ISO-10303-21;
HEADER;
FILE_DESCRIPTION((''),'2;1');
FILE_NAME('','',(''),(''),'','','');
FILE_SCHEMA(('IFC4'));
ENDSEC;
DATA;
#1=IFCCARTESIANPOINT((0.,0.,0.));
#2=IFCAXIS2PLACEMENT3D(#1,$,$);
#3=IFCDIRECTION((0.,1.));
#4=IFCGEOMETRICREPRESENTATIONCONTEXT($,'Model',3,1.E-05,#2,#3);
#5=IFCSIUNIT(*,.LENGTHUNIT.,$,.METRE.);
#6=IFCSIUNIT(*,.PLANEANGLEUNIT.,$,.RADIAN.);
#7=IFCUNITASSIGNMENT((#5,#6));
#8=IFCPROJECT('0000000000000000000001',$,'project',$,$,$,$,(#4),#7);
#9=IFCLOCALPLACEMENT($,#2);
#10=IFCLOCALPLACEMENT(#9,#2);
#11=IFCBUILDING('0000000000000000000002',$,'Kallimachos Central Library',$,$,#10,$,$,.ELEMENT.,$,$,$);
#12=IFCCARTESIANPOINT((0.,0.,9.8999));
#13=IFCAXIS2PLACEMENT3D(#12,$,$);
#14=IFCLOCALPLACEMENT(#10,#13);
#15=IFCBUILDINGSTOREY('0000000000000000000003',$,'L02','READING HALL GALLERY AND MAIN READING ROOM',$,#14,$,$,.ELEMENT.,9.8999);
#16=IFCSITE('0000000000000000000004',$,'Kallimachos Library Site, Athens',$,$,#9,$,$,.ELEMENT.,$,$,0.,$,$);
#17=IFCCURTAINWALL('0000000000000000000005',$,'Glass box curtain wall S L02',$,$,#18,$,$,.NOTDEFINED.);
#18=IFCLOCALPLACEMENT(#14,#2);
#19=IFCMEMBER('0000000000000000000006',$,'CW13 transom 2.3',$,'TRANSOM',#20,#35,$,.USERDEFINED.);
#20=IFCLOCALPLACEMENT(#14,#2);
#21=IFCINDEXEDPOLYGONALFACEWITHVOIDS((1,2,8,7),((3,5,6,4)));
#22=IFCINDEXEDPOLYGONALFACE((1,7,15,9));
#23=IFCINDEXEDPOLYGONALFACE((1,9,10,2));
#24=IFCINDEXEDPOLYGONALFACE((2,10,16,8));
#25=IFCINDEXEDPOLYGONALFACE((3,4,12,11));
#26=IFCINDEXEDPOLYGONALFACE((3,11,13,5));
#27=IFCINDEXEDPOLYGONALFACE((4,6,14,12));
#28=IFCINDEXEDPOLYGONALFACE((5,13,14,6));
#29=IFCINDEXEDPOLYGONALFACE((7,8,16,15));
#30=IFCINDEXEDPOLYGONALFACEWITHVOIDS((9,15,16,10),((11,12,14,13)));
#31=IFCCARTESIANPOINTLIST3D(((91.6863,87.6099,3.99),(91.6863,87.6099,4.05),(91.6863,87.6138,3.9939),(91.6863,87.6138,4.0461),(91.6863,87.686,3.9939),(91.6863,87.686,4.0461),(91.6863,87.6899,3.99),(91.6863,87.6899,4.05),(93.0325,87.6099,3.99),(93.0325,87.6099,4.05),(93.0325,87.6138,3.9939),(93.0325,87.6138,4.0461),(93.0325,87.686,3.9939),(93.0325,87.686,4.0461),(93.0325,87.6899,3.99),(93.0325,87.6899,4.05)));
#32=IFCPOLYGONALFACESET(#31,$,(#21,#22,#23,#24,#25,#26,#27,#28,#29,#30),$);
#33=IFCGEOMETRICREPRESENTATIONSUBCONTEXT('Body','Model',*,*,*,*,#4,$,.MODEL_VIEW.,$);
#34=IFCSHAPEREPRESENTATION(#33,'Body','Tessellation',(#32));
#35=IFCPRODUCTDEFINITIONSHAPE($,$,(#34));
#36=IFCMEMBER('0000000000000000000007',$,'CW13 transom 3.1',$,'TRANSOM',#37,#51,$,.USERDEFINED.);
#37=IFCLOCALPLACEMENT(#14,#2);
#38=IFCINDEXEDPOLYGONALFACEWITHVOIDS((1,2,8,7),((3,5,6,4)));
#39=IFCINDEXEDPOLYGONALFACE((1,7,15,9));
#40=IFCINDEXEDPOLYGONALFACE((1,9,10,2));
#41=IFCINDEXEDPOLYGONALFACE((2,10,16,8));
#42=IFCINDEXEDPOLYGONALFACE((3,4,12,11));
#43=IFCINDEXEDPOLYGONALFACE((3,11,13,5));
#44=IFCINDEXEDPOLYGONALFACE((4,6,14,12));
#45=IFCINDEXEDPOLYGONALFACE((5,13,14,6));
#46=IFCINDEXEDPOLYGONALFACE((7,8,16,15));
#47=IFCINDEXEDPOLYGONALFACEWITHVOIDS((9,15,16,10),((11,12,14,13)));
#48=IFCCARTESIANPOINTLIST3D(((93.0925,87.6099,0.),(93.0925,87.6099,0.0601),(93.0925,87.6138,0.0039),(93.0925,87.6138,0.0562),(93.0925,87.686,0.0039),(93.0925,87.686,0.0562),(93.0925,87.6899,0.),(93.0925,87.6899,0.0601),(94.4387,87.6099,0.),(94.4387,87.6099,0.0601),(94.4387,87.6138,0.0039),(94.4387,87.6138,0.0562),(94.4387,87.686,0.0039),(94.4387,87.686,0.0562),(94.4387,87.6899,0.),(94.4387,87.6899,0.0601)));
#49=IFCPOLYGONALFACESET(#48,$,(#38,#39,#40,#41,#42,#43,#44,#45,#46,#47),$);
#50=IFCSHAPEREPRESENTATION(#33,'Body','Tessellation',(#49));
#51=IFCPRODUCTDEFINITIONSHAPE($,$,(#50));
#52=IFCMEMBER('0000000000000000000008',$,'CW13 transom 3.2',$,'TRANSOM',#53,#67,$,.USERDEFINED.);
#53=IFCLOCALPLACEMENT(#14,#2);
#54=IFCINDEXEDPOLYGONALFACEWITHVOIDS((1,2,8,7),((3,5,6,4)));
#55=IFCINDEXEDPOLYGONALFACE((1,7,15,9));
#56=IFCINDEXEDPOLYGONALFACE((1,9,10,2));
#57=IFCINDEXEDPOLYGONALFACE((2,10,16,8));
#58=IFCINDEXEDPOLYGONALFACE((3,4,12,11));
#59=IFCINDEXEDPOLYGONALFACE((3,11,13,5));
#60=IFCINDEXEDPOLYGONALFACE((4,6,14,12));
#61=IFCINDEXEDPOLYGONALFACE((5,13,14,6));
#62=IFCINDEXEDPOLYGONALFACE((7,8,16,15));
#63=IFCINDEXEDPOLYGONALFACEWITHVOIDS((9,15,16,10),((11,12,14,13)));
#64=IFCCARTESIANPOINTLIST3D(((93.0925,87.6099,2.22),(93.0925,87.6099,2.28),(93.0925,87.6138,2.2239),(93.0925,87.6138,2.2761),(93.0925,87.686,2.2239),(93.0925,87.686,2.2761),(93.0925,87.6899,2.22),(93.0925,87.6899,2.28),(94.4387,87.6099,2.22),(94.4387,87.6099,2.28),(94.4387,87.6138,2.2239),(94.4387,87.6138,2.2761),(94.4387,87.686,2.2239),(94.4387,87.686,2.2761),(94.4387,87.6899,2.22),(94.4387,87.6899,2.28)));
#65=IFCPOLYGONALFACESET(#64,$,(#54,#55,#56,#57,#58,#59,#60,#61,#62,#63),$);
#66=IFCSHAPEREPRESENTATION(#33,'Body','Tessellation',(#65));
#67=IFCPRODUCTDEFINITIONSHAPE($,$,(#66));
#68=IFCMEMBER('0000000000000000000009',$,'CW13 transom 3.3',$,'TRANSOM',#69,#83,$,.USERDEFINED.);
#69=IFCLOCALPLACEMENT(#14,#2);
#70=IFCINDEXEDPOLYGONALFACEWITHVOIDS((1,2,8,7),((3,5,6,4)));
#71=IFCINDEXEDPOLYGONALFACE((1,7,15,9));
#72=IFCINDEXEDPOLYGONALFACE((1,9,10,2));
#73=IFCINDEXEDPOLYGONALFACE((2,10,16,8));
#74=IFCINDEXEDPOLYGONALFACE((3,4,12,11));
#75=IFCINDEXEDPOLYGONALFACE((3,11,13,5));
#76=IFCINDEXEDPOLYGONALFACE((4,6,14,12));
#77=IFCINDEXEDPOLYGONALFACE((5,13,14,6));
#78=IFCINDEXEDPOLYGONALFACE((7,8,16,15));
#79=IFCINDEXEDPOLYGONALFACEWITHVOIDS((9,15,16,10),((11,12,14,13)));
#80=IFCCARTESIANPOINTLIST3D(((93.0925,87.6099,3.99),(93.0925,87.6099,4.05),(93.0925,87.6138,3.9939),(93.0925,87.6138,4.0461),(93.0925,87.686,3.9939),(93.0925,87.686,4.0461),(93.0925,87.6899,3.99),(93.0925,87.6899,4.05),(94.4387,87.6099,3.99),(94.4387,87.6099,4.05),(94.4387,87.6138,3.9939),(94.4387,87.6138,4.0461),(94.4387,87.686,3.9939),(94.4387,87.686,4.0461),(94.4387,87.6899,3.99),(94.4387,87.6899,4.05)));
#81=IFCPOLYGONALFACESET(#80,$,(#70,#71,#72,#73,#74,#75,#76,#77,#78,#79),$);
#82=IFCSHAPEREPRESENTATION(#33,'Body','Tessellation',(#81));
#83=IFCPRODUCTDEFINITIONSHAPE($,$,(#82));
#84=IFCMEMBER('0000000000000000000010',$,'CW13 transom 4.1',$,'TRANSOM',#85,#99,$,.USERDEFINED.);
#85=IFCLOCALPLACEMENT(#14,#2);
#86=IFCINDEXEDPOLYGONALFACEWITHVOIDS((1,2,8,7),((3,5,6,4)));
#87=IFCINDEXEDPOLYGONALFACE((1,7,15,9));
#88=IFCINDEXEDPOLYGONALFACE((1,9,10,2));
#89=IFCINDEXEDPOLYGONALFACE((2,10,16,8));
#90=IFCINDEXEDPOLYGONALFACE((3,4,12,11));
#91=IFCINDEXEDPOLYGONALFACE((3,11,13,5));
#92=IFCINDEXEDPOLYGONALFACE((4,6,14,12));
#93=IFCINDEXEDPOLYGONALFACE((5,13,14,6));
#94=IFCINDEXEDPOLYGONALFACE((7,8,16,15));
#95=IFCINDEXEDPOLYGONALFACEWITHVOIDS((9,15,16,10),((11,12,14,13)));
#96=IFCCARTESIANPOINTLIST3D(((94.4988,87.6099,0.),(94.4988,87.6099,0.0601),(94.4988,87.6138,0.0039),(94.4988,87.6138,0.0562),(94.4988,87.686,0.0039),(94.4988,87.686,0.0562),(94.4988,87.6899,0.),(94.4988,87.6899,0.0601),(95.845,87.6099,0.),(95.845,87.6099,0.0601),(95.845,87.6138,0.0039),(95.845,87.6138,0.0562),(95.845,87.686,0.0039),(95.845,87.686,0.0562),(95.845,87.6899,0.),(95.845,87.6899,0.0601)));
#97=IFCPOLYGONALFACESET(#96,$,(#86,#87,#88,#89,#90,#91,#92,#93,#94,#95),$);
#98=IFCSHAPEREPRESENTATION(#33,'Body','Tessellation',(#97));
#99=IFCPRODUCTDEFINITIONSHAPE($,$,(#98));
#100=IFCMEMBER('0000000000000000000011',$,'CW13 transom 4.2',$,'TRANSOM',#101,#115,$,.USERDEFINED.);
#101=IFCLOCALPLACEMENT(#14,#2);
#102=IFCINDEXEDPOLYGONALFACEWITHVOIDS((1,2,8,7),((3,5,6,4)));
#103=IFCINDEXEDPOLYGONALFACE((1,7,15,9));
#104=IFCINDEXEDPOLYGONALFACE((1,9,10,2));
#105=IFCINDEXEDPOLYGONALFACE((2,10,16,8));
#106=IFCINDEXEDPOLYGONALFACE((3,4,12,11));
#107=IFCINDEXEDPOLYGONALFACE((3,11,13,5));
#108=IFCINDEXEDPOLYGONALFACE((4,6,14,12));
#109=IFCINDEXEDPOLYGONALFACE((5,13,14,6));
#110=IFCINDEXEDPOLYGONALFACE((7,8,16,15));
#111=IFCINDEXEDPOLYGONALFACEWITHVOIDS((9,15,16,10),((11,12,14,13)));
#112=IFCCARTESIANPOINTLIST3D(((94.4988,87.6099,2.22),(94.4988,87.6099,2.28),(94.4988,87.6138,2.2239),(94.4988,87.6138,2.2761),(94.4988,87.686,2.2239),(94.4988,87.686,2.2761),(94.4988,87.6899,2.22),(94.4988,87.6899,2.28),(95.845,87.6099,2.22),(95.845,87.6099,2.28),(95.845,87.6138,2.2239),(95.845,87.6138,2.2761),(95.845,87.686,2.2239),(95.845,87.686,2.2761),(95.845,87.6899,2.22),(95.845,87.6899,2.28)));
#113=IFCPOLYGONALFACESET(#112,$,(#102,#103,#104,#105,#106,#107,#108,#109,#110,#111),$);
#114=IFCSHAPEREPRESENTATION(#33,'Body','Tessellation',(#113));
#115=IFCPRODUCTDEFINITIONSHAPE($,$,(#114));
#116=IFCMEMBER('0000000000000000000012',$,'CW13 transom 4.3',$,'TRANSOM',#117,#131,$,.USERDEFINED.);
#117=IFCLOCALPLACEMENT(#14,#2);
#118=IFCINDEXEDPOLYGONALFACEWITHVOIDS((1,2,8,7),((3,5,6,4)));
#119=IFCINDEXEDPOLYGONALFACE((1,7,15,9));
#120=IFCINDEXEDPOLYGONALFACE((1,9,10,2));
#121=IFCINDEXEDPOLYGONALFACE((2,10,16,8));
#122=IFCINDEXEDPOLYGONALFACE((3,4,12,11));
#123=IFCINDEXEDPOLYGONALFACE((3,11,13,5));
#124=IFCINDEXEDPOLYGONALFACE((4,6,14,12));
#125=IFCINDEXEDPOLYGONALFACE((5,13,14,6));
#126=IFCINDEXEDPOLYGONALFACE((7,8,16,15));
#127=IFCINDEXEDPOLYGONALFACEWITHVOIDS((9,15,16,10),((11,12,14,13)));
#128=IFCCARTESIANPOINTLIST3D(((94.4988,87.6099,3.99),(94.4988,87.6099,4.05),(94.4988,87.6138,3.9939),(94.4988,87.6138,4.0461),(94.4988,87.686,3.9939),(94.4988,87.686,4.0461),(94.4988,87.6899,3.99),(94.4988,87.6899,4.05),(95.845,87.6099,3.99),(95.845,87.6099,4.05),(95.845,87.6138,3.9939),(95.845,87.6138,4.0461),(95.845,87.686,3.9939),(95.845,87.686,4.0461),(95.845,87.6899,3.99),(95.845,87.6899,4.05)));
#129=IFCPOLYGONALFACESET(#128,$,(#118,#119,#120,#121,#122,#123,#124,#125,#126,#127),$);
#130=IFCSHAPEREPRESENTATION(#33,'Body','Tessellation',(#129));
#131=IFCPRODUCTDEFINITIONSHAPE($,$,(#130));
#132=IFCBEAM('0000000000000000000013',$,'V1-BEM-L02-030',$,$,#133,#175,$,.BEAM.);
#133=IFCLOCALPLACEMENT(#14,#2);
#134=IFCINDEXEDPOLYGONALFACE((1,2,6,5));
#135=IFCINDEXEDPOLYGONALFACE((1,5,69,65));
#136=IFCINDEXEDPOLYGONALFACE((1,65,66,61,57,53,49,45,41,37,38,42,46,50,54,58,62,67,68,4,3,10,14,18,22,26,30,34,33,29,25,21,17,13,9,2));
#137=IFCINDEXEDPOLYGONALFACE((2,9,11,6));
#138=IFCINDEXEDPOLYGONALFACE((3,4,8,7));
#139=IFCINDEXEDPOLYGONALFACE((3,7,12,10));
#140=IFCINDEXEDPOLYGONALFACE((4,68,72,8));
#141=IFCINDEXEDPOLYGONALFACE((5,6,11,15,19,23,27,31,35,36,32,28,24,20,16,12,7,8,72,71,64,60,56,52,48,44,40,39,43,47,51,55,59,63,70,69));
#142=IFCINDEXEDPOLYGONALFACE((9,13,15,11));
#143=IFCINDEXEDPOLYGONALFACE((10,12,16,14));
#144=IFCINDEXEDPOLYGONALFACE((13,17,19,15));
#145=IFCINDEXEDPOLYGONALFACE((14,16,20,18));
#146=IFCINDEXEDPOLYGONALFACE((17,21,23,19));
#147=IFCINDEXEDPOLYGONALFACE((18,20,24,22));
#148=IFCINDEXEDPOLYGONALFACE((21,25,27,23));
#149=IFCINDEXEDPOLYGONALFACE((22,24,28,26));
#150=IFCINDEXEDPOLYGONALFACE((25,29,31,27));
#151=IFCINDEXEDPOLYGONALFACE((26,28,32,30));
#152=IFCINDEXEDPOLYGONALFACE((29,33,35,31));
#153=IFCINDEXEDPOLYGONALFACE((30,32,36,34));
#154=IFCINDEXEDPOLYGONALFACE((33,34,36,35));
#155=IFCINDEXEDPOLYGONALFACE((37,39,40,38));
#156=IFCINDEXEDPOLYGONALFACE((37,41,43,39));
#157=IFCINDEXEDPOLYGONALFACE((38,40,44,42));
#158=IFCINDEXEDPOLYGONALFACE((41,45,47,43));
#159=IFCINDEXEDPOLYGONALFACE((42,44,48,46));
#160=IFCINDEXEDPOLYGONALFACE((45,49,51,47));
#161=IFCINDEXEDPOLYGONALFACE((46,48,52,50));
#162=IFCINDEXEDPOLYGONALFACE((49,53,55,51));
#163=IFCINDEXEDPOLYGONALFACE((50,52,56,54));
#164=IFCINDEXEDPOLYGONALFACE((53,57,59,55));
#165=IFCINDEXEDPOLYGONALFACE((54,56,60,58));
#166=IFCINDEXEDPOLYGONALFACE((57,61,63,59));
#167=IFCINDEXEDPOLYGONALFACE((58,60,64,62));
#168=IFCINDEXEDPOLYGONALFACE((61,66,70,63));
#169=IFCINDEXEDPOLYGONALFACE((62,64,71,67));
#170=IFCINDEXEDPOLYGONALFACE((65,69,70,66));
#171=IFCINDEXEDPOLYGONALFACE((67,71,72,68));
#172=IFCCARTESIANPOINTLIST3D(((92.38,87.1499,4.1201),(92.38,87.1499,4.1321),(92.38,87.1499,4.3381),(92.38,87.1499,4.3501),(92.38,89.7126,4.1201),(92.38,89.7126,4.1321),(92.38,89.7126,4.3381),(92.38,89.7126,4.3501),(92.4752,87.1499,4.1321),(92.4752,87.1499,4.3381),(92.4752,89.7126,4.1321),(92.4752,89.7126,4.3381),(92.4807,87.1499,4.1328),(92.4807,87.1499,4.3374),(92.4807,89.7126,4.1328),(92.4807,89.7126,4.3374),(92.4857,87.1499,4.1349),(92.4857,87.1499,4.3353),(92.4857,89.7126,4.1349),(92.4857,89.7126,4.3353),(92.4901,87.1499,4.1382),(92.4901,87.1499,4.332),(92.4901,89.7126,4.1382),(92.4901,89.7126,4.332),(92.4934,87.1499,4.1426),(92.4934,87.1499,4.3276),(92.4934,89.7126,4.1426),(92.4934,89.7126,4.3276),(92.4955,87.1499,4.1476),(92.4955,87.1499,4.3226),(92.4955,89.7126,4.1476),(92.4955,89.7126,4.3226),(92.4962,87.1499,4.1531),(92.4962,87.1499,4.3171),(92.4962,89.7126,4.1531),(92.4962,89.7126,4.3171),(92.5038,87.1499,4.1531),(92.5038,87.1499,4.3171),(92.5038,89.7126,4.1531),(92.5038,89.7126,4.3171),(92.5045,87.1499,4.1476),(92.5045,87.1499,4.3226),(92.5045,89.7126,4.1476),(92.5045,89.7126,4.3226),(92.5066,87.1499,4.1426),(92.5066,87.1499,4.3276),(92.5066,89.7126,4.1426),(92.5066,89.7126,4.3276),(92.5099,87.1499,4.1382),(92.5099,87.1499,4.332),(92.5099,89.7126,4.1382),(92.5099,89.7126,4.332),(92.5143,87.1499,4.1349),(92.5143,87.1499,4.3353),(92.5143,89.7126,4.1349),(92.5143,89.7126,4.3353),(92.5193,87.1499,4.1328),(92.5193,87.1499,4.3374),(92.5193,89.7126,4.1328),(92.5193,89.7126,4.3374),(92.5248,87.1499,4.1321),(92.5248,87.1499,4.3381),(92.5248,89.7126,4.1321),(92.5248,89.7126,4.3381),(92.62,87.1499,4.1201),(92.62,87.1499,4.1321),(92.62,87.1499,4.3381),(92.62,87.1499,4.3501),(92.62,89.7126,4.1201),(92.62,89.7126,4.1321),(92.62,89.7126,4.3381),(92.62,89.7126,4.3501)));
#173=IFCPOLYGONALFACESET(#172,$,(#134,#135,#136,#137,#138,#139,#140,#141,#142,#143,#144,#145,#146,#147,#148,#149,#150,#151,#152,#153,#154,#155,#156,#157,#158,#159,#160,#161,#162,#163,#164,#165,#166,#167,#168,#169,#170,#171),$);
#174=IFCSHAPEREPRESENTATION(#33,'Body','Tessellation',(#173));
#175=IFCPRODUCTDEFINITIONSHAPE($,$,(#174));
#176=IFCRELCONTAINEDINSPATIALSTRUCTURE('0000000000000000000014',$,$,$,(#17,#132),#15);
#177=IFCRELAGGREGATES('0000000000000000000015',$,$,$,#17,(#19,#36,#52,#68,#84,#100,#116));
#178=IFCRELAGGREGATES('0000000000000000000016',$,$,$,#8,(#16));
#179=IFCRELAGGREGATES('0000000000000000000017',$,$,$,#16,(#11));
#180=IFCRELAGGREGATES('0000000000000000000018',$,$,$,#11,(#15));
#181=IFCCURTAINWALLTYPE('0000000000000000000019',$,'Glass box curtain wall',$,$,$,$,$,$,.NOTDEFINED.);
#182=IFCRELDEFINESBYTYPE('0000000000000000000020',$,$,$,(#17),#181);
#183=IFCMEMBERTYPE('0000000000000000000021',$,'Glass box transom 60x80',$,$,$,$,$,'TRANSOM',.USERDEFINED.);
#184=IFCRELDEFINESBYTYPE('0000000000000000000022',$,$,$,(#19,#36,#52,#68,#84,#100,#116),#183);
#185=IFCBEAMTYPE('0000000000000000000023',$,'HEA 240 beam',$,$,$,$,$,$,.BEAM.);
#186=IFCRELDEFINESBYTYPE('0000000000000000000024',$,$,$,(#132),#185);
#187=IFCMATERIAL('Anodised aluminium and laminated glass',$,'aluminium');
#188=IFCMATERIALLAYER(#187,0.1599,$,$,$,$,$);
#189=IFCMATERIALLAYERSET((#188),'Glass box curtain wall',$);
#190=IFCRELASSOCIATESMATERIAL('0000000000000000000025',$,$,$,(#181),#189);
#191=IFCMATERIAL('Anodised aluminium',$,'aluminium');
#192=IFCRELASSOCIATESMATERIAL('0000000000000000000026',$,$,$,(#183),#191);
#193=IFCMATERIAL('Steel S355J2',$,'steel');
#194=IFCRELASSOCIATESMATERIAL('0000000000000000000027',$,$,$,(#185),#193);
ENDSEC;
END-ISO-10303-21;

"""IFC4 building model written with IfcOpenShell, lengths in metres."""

from ifc_helpers import new_model, si_unit, direction, frame, origin, origin_2d, place, context, subcontext, project, spatial, hollow_rectangle, i_section, extrude, material, layer, layer_set, material_profile, profile_set, type_object, element, aggregate, save


model = new_model("IFC4")

# Units and contexts
model_context = context("Model", 3, precision=1e-05, world=origin(), true_north=direction((0.0, 1.0)))
body_context = subcontext(model_context, "Body", "Model", "MODEL_VIEW")
ifc_project = project(units=[si_unit("LENGTHUNIT", "METRE"), si_unit("PLANEANGLEUNIT", "RADIAN")], contexts=[model_context])

# Site, building, storey
site_placement = place(None, origin())
site = spatial("IfcSite", under=ifc_project, at=site_placement, Name="Kallimachos Library Site, Athens", CompositionType="ELEMENT", RefElevation=0.0)
building_placement = place(site_placement, origin())
building = spatial("IfcBuilding", under=site, at=building_placement, Name="Kallimachos Central Library", CompositionType="ELEMENT")
storey_placement = place(building_placement, frame((0.0, 0.0, 9.8999)))
storey = spatial("IfcBuildingStorey", under=building, at=storey_placement, Name="L02", Description="READING HALL GALLERY AND MAIN READING ROOM", CompositionType="ELEMENT", Elevation=9.8999)

# Curtain wall, members
ifc_material_1 = material(Name="Anodised aluminium and laminated glass", Category="aluminium")
ifc_layer_1 = layer(ifc_material_1, 0.1599)
ifc_layer_set_1 = layer_set([ifc_layer_1], Name="Glass box curtain wall")
curtain_wall_type_1 = type_object("IfcCurtainWallType", Name="Glass box curtain wall", PredefinedType="NOTDEFINED", material=ifc_layer_set_1)
curtain_wall_1_placement = place(storey_placement, origin())
curtain_wall_1 = element("IfcCurtainWall", 1, at=curtain_wall_1_placement, inside=storey, type_object=curtain_wall_type_1, Name="Glass box curtain wall S L02", PredefinedType="NOTDEFINED")
ifc_material_2 = material(Name="Anodised aluminium", Category="aluminium")
ifc_material_profile_1 = material_profile(ifc_material_2, hollow_rectangle(XDim=0.0601, YDim=0.0801, WallThickness=0.0039, at=origin_2d()), Name="ALU TRANSOM 60x80")
ifc_profile_set_1 = profile_set([ifc_material_profile_1], Name="Anodised aluminium")
member_type_1 = type_object("IfcMemberType", Name="Glass box transom 60x80", ElementType="TRANSOM", PredefinedType="USERDEFINED", material=ifc_profile_set_1)
member_1_placement = place(storey_placement, frame((91.6863, 87.6499, 4.02), z_axis=(1.0, 0.0, 0.0), x_axis=(0.0, 0.0, 1.0)))
member_1 = element("IfcMember", 2, at=member_1_placement, type_object=member_type_1, Name="CW13 transom 2.3", ObjectType="TRANSOM", PredefinedType="USERDEFINED", context=body_context, shape_type="SweptSolid", body=[
    extrude(hollow_rectangle(XDim=0.0601, YDim=0.0801, WallThickness=0.0039, at=origin_2d()), origin(), (0.0, 0.0, 1.0), 1.3462),
])
member_2_placement = place(storey_placement, frame((93.0925, 87.6499, 0.03), z_axis=(1.0, 0.0, 0.0), x_axis=(0.0, 0.0, 1.0)))
member_2 = element("IfcMember", 3, at=member_2_placement, type_object=member_type_1, Name="CW13 transom 3.1", ObjectType="TRANSOM", PredefinedType="USERDEFINED", context=body_context, shape_type="SweptSolid", body=[
    extrude(hollow_rectangle(XDim=0.0601, YDim=0.0801, WallThickness=0.0039, at=origin_2d()), origin(), (0.0, 0.0, 1.0), 1.3462),
])
member_3_placement = place(storey_placement, frame((93.0925, 87.6499, 2.25), z_axis=(1.0, 0.0, 0.0), x_axis=(0.0, 0.0, 1.0)))
member_3 = element("IfcMember", 4, at=member_3_placement, type_object=member_type_1, Name="CW13 transom 3.2", ObjectType="TRANSOM", PredefinedType="USERDEFINED", context=body_context, shape_type="SweptSolid", body=[
    extrude(hollow_rectangle(XDim=0.0601, YDim=0.0801, WallThickness=0.0039, at=origin_2d()), origin(), (0.0, 0.0, 1.0), 1.3462),
])
member_4_placement = place(storey_placement, frame((93.0925, 87.6499, 4.02), z_axis=(1.0, 0.0, 0.0), x_axis=(0.0, 0.0, 1.0)))
member_4 = element("IfcMember", 5, at=member_4_placement, type_object=member_type_1, Name="CW13 transom 3.3", ObjectType="TRANSOM", PredefinedType="USERDEFINED", context=body_context, shape_type="SweptSolid", body=[
    extrude(hollow_rectangle(XDim=0.0601, YDim=0.0801, WallThickness=0.0039, at=origin_2d()), origin(), (0.0, 0.0, 1.0), 1.3462),
])
member_5_placement = place(storey_placement, frame((94.4988, 87.6499, 0.03), z_axis=(1.0, 0.0, 0.0), x_axis=(0.0, 0.0, 1.0)))
member_5 = element("IfcMember", 6, at=member_5_placement, type_object=member_type_1, Name="CW13 transom 4.1", ObjectType="TRANSOM", PredefinedType="USERDEFINED", context=body_context, shape_type="SweptSolid", body=[
    extrude(hollow_rectangle(XDim=0.0601, YDim=0.0801, WallThickness=0.0039, at=origin_2d()), origin(), (0.0, 0.0, 1.0), 1.3462),
])
member_6_placement = place(storey_placement, frame((94.4988, 87.6499, 2.25), z_axis=(1.0, 0.0, 0.0), x_axis=(0.0, 0.0, 1.0)))
member_6 = element("IfcMember", 7, at=member_6_placement, type_object=member_type_1, Name="CW13 transom 4.2", ObjectType="TRANSOM", PredefinedType="USERDEFINED", context=body_context, shape_type="SweptSolid", body=[
    extrude(hollow_rectangle(XDim=0.0601, YDim=0.0801, WallThickness=0.0039, at=origin_2d()), origin(), (0.0, 0.0, 1.0), 1.3462),
])
member_7_placement = place(storey_placement, frame((94.4988, 87.6499, 4.02), z_axis=(1.0, 0.0, 0.0), x_axis=(0.0, 0.0, 1.0)))
member_7 = element("IfcMember", 8, at=member_7_placement, type_object=member_type_1, Name="CW13 transom 4.3", ObjectType="TRANSOM", PredefinedType="USERDEFINED", context=body_context, shape_type="SweptSolid", body=[
    extrude(hollow_rectangle(XDim=0.0601, YDim=0.0801, WallThickness=0.0039, at=origin_2d()), origin(), (0.0, 0.0, 1.0), 1.3462),
])

# Beam
ifc_material_3 = material(Name="Steel S355J2", Category="steel")
ifc_material_profile_2 = material_profile(ifc_material_3, i_section(OverallWidth=0.24, OverallDepth=0.23, WebThickness=0.0076, FlangeThickness=0.012, FilletRadius=0.021, at=origin_2d()), Name="HEA 240")
ifc_profile_set_2 = profile_set([ifc_material_profile_2], Name="Steel S355J2")
beam_type_1 = type_object("IfcBeamType", Name="HEA 240 beam", PredefinedType="BEAM", material=ifc_profile_set_2)
beam_1_placement = place(storey_placement, frame((92.5, 87.1499, 4.2351), z_axis=(0.0, 1.0, 0.0), x_axis=(-1.0, 0.0, 0.0)))
element("IfcBeam", 9, at=beam_1_placement, inside=storey, type_object=beam_type_1, Name="V1-BEM-L02-030", PredefinedType="BEAM", context=body_context, shape_type="SweptSolid", body=[
    extrude(i_section(OverallWidth=0.24, OverallDepth=0.23, WebThickness=0.0076, FlangeThickness=0.012, FilletRadius=0.021, at=origin_2d()), origin(), (0.0, 0.0, 1.0), 2.5627),
])

aggregate(curtain_wall_1, [member_1, member_2, member_3, member_4, member_5, member_6, member_7])

save(model, "model.ifc")
